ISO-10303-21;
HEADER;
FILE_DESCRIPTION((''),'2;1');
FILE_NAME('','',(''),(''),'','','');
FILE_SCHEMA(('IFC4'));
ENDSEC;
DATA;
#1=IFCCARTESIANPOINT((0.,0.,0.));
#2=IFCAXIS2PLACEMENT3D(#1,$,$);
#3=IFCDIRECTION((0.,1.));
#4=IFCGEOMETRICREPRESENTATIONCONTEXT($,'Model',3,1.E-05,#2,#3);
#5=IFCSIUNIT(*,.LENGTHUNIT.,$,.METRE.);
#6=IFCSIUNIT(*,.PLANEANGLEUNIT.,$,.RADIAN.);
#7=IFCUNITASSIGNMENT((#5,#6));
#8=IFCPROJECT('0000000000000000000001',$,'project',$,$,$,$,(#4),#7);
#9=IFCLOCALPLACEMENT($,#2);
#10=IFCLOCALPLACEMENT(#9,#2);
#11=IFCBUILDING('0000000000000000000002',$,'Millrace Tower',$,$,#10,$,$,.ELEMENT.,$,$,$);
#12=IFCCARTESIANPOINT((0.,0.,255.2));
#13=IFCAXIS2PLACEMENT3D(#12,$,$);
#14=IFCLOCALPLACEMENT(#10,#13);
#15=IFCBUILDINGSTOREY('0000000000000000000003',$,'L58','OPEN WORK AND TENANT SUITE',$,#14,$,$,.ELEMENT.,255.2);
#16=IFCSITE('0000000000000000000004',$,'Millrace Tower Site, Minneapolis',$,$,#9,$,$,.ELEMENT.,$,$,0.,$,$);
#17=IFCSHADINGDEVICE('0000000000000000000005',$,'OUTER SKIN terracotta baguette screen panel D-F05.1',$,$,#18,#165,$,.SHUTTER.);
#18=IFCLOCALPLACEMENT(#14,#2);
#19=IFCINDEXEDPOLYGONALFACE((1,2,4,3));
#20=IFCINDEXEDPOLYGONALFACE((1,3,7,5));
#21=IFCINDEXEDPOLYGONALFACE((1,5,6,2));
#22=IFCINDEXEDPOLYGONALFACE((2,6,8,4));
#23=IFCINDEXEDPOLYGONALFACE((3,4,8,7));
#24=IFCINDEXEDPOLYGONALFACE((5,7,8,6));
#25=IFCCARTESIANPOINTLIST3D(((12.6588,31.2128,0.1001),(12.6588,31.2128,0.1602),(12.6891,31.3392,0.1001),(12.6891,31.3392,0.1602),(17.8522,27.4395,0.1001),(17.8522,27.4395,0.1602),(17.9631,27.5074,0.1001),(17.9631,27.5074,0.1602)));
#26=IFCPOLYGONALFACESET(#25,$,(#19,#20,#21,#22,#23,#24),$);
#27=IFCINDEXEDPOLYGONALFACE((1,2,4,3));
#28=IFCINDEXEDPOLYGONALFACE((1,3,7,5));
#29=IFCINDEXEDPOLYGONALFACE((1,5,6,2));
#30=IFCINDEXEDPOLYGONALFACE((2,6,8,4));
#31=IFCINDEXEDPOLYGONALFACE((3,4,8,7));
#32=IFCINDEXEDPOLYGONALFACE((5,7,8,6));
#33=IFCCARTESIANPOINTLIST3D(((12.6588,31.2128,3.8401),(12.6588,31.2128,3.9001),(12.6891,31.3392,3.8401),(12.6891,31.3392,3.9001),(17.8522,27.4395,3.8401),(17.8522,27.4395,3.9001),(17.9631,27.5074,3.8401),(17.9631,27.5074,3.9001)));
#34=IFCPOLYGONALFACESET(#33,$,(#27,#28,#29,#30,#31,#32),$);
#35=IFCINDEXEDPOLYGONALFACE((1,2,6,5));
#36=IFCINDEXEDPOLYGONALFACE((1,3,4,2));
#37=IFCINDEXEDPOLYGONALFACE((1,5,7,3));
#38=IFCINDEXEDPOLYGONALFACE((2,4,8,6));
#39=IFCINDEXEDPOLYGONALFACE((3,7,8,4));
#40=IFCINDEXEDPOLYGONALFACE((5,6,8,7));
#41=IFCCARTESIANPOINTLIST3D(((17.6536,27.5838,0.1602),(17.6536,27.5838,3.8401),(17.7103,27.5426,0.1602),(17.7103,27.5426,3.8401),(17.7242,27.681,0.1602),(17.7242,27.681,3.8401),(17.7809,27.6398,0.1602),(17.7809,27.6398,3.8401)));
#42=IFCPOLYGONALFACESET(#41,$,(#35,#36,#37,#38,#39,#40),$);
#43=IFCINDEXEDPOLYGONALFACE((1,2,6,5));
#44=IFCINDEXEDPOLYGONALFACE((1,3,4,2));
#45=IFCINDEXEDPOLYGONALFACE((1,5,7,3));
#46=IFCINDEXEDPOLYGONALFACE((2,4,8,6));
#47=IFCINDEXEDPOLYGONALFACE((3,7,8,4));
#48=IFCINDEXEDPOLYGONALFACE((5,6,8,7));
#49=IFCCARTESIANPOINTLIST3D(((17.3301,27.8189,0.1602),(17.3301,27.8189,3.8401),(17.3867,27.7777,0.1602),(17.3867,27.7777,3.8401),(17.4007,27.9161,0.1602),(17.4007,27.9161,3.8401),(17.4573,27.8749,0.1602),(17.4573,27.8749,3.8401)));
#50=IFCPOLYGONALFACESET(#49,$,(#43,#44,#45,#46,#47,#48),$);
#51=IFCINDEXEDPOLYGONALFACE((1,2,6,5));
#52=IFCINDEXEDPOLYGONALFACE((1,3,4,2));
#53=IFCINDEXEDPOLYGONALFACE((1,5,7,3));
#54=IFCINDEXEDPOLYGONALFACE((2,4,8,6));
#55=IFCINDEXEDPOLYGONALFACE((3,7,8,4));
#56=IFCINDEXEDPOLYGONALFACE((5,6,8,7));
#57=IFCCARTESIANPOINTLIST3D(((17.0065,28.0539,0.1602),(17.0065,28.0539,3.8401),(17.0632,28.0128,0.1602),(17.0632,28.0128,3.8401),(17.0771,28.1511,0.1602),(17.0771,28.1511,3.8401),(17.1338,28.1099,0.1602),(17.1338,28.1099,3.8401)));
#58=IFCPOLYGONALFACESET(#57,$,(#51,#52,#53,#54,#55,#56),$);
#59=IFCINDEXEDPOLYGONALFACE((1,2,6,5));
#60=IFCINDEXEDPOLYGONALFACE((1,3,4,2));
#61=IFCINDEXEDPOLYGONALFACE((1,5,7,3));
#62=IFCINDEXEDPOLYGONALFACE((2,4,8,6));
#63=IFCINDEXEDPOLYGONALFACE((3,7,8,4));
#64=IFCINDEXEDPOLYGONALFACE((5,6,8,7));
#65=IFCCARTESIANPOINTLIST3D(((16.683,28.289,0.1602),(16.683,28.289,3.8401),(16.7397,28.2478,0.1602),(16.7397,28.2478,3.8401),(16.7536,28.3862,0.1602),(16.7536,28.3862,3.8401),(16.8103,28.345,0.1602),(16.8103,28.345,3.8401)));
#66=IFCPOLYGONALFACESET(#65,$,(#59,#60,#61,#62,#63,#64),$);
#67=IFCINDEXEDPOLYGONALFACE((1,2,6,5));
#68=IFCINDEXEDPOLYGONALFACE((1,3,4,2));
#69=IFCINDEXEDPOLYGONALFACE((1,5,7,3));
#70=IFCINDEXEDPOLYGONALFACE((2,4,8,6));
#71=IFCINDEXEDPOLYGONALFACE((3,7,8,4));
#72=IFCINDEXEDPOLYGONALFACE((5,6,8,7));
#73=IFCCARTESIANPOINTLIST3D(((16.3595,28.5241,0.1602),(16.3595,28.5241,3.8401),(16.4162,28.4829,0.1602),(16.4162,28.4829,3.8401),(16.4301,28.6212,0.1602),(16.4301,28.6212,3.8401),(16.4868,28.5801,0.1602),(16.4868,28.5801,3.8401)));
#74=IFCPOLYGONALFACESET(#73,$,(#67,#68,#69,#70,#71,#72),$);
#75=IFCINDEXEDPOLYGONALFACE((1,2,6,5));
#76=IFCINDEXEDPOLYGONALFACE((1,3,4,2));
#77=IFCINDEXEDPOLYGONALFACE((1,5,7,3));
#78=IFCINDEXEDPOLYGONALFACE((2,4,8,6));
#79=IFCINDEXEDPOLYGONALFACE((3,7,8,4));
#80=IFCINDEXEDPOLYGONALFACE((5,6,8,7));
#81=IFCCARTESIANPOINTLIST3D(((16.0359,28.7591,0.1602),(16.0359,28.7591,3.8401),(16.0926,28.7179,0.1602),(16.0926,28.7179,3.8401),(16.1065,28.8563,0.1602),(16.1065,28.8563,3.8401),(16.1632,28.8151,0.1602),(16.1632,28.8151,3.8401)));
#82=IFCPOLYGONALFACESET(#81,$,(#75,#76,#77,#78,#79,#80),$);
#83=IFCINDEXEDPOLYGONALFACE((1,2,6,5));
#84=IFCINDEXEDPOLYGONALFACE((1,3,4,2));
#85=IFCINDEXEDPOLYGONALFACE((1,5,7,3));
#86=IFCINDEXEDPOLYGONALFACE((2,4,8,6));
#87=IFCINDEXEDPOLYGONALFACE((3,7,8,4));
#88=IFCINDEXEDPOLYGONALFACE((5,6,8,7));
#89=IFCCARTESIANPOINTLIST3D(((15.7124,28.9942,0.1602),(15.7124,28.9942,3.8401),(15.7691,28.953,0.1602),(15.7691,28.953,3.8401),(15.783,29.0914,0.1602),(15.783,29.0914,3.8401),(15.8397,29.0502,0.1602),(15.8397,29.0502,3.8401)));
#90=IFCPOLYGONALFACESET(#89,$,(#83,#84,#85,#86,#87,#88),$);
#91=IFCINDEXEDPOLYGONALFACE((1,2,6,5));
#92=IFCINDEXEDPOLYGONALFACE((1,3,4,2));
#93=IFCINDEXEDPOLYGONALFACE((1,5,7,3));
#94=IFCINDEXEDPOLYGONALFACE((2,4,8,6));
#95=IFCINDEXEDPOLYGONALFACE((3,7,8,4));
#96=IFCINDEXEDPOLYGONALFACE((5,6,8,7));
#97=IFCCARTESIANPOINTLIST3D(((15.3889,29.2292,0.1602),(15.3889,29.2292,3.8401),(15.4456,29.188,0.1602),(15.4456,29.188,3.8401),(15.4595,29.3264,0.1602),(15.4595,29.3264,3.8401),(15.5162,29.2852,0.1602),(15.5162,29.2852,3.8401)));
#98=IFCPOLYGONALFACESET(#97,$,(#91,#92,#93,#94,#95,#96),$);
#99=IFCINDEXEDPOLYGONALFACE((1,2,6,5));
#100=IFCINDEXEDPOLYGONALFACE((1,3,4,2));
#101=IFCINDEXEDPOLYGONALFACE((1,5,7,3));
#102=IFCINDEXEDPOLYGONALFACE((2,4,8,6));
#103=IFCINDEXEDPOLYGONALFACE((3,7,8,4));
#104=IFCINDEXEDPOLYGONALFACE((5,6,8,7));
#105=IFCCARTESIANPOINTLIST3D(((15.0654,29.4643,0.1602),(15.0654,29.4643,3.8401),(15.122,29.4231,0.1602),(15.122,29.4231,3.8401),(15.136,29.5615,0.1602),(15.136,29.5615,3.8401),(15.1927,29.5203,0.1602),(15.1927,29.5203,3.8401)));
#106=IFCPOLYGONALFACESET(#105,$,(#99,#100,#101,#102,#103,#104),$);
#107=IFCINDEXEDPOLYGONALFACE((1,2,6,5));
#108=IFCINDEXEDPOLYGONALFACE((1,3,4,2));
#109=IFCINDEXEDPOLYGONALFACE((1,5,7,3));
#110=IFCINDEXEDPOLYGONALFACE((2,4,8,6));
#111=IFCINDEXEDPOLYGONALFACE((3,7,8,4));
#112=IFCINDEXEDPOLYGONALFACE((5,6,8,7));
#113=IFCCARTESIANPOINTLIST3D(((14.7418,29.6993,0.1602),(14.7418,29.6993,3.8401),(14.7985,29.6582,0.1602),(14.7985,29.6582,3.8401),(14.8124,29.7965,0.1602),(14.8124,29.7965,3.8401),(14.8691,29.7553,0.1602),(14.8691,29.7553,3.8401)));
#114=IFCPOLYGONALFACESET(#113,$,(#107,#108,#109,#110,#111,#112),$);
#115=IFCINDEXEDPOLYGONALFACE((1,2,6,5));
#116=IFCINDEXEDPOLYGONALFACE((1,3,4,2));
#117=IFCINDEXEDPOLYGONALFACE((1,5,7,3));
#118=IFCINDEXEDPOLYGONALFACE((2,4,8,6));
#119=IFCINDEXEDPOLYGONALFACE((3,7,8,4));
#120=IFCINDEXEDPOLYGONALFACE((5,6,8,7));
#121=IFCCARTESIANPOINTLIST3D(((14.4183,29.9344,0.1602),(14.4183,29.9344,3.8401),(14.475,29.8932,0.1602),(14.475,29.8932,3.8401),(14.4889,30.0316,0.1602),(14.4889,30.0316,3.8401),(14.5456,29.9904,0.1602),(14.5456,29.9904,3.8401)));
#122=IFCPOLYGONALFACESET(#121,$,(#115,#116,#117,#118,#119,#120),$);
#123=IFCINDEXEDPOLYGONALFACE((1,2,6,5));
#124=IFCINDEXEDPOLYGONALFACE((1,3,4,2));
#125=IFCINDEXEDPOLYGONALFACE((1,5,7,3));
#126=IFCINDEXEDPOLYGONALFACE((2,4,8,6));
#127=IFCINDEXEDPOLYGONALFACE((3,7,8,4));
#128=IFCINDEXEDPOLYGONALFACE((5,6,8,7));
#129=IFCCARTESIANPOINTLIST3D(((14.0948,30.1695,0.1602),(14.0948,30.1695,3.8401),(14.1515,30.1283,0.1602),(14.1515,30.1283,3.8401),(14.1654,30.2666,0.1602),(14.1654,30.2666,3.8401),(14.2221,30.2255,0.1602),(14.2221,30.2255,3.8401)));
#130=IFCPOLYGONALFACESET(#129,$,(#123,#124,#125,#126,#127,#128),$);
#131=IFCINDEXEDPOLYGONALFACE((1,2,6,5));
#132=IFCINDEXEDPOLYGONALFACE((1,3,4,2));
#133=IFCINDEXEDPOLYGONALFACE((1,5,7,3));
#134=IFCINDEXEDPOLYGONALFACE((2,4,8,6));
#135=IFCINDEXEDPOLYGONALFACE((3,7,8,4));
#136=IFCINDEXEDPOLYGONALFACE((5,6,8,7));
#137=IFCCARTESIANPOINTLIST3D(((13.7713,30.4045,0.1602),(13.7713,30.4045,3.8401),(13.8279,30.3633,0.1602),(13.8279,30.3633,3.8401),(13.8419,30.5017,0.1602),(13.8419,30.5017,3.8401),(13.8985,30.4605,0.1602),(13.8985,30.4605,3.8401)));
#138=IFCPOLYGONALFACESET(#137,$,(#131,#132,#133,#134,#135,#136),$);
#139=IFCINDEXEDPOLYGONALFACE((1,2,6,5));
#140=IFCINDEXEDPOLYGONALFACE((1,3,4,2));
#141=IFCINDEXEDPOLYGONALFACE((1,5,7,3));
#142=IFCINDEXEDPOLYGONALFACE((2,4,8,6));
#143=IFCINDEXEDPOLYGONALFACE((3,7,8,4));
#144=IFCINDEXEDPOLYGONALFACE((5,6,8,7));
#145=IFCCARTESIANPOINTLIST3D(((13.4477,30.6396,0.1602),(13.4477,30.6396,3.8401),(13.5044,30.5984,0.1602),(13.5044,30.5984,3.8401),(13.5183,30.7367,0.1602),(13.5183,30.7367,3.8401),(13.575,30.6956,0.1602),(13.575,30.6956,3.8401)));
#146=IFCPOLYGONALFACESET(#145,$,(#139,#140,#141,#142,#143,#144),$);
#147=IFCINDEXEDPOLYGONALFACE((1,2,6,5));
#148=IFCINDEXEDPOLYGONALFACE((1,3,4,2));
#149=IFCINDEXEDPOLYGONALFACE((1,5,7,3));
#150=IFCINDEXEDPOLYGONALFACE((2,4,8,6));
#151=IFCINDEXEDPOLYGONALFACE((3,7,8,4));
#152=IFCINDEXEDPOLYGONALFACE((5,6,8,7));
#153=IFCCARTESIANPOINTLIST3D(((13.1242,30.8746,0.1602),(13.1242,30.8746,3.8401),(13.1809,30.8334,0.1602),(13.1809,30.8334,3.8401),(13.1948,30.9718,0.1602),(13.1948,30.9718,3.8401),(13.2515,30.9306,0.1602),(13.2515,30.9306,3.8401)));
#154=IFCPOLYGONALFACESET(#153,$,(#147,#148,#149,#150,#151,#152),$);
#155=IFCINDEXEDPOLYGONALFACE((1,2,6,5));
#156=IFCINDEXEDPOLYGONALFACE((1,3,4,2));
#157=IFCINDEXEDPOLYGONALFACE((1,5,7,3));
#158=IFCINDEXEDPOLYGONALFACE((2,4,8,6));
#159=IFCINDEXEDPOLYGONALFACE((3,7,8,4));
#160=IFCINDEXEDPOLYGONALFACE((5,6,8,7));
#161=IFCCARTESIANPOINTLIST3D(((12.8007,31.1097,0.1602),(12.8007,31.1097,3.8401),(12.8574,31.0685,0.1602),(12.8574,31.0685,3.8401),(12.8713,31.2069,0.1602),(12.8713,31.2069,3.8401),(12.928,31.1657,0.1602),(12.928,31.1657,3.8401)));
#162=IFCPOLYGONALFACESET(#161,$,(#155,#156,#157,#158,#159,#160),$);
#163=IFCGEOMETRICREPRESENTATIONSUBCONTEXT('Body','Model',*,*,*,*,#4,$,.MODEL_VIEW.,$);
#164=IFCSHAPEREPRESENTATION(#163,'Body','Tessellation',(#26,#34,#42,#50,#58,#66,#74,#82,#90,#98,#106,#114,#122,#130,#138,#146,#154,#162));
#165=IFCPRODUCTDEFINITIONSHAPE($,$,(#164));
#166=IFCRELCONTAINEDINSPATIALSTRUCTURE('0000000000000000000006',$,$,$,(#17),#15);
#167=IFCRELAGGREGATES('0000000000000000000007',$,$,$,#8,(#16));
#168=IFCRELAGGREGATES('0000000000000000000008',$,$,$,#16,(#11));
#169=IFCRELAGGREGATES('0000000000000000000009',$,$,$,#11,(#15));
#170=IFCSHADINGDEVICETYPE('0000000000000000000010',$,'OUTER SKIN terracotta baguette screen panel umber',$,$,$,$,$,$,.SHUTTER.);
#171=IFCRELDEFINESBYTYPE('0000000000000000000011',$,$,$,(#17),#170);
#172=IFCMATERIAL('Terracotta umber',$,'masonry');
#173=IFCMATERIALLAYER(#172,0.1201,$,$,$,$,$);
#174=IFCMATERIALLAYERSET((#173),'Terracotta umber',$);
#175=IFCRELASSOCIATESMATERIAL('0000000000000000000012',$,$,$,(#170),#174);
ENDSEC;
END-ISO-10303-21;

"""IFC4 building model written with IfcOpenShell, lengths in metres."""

from ifc_helpers import new_model, entity, si_unit, direction, frame, frame_2d, origin, place, context, subcontext, project, spatial, rectangle, extrude, source, transform, mapped, material, layer, layer_set, type_object, element, save


model = new_model("IFC4")

# Units and contexts
model_context = context("Model", 3, precision=1e-05, world=origin(), true_north=direction((0.0, 1.0)))
body_context = subcontext(model_context, "Body", "Model", "MODEL_VIEW")
ifc_project = project(units=[si_unit("LENGTHUNIT", "METRE"), si_unit("PLANEANGLEUNIT", "RADIAN")], contexts=[model_context])

# Site, building, storey
site_placement = place(None, origin())
site = spatial("IfcSite", under=ifc_project, at=site_placement, Name="Millrace Tower Site, Minneapolis", CompositionType="ELEMENT", RefElevation=0.0)
building_placement = place(site_placement, origin())
building = spatial("IfcBuilding", under=site, at=building_placement, Name="Millrace Tower", CompositionType="ELEMENT")
storey_placement = place(building_placement, frame((0.0, 0.0, 255.2)))
storey = spatial("IfcBuildingStorey", under=building, at=storey_placement, Name="L58", Description="OPEN WORK AND TENANT SUITE", CompositionType="ELEMENT", Elevation=255.2)

# Shading device
ifc_material_1 = material(Name="Terracotta umber", Category="masonry")
ifc_layer_1 = layer(ifc_material_1, 0.1201)
ifc_layer_set_1 = layer_set([ifc_layer_1], Name="Terracotta umber")
shading_device_type = type_object("IfcShadingDeviceType", Name="OUTER SKIN terracotta baguette screen panel umber", PredefinedType="SHUTTER", material=ifc_layer_set_1)
cartesian_point_1 = entity("IfcCartesianPoint", [-3.2097, 0.0601])
shared_polyline_1 = entity("IfcPolyline", [cartesian_point_1, entity("IfcCartesianPoint", [3.2097, 0.0601]), entity("IfcCartesianPoint", [3.2595, -0.0601]), entity("IfcCartesianPoint", [-3.2595, -0.0601]), cartesian_point_1])
shared_shape_1 = source(origin(), body_context, "Body", "SweptSolid", [
    entity("IfcExtrudedAreaSolid", entity("IfcArbitraryClosedProfileDef", "AREA", None, shared_polyline_1), entity("IfcAxis2Placement3D", entity("IfcCartesianPoint", [0.0, 0.0, 0.0])), entity("IfcDirection", [0.0, 0.0, 1.0]), 0.0601),
    entity("IfcExtrudedAreaSolid", entity("IfcArbitraryClosedProfileDef", "AREA", None, shared_polyline_1), entity("IfcAxis2Placement3D", entity("IfcCartesianPoint", [0.0, 0.0, 3.74])), entity("IfcDirection", [0.0, 0.0, 1.0]), 0.0601),
    extrude(rectangle(XDim=0.0701, YDim=0.1201, at=frame_2d((-2.9993, 0.0))), frame((0.0, 0.0, 0.0601)), (0.0, 0.0, 1.0), 3.6799),
    extrude(rectangle(XDim=0.0701, YDim=0.1201, at=frame_2d((-2.5994, 0.0))), frame((0.0, 0.0, 0.0601)), (0.0, 0.0, 1.0), 3.6799),
    extrude(rectangle(XDim=0.0701, YDim=0.1201, at=frame_2d((-2.1995, 0.0))), frame((0.0, 0.0, 0.0601)), (0.0, 0.0, 1.0), 3.6799),
    extrude(rectangle(XDim=0.0701, YDim=0.1201, at=frame_2d((-1.7996, 0.0))), frame((0.0, 0.0, 0.0601)), (0.0, 0.0, 1.0), 3.6799),
    extrude(rectangle(XDim=0.0701, YDim=0.1201, at=frame_2d((-1.3997, 0.0))), frame((0.0, 0.0, 0.0601)), (0.0, 0.0, 1.0), 3.6799),
    extrude(rectangle(XDim=0.0701, YDim=0.1201, at=frame_2d((-0.9998, 0.0))), frame((0.0, 0.0, 0.0601)), (0.0, 0.0, 1.0), 3.6799),
    extrude(rectangle(XDim=0.0701, YDim=0.1201, at=frame_2d((-0.5999, 0.0))), frame((0.0, 0.0, 0.0601)), (0.0, 0.0, 1.0), 3.6799),
    extrude(rectangle(XDim=0.0701, YDim=0.1201, at=frame_2d((-0.2, 0.0))), frame((0.0, 0.0, 0.0601)), (0.0, 0.0, 1.0), 3.6799),
    extrude(rectangle(XDim=0.0701, YDim=0.1201, at=frame_2d((0.2, 0.0))), frame((0.0, 0.0, 0.0601)), (0.0, 0.0, 1.0), 3.6799),
    extrude(rectangle(XDim=0.0701, YDim=0.1201, at=frame_2d((0.5999, 0.0))), frame((0.0, 0.0, 0.0601)), (0.0, 0.0, 1.0), 3.6799),
    extrude(rectangle(XDim=0.0701, YDim=0.1201, at=frame_2d((0.9998, 0.0))), frame((0.0, 0.0, 0.0601)), (0.0, 0.0, 1.0), 3.6799),
    extrude(rectangle(XDim=0.0701, YDim=0.1201, at=frame_2d((1.3997, 0.0))), frame((0.0, 0.0, 0.0601)), (0.0, 0.0, 1.0), 3.6799),
    extrude(rectangle(XDim=0.0701, YDim=0.1201, at=frame_2d((1.7996, 0.0))), frame((0.0, 0.0, 0.0601)), (0.0, 0.0, 1.0), 3.6799),
    extrude(rectangle(XDim=0.0701, YDim=0.1201, at=frame_2d((2.1995, 0.0))), frame((0.0, 0.0, 0.0601)), (0.0, 0.0, 1.0), 3.6799),
    extrude(rectangle(XDim=0.0701, YDim=0.1201, at=frame_2d((2.5994, 0.0))), frame((0.0, 0.0, 0.0601)), (0.0, 0.0, 1.0), 3.6799),
    extrude(rectangle(XDim=0.0701, YDim=0.1201, at=frame_2d((2.9993, 0.0))), frame((0.0, 0.0, 0.0601)), (0.0, 0.0, 1.0), 3.6799),
])
shading_device_1_placement = place(storey_placement, frame((15.2908, 29.3748, 0.1001), z_axis=(0.0, 0.0, 1.0), x_axis=(-0.809017, 0.587785, 0.0)))
element("IfcShadingDevice", 1, at=shading_device_1_placement, inside=storey, type_object=shading_device_type, Name="OUTER SKIN terracotta baguette screen panel D-F05.1", PredefinedType="SHUTTER", context=body_context, shape_type="MappedRepresentation", body=[
    mapped(shared_shape_1, transform((0.0, 0.0, 0.0), scale=1.0)),
])

save(model, "model.ifc")
